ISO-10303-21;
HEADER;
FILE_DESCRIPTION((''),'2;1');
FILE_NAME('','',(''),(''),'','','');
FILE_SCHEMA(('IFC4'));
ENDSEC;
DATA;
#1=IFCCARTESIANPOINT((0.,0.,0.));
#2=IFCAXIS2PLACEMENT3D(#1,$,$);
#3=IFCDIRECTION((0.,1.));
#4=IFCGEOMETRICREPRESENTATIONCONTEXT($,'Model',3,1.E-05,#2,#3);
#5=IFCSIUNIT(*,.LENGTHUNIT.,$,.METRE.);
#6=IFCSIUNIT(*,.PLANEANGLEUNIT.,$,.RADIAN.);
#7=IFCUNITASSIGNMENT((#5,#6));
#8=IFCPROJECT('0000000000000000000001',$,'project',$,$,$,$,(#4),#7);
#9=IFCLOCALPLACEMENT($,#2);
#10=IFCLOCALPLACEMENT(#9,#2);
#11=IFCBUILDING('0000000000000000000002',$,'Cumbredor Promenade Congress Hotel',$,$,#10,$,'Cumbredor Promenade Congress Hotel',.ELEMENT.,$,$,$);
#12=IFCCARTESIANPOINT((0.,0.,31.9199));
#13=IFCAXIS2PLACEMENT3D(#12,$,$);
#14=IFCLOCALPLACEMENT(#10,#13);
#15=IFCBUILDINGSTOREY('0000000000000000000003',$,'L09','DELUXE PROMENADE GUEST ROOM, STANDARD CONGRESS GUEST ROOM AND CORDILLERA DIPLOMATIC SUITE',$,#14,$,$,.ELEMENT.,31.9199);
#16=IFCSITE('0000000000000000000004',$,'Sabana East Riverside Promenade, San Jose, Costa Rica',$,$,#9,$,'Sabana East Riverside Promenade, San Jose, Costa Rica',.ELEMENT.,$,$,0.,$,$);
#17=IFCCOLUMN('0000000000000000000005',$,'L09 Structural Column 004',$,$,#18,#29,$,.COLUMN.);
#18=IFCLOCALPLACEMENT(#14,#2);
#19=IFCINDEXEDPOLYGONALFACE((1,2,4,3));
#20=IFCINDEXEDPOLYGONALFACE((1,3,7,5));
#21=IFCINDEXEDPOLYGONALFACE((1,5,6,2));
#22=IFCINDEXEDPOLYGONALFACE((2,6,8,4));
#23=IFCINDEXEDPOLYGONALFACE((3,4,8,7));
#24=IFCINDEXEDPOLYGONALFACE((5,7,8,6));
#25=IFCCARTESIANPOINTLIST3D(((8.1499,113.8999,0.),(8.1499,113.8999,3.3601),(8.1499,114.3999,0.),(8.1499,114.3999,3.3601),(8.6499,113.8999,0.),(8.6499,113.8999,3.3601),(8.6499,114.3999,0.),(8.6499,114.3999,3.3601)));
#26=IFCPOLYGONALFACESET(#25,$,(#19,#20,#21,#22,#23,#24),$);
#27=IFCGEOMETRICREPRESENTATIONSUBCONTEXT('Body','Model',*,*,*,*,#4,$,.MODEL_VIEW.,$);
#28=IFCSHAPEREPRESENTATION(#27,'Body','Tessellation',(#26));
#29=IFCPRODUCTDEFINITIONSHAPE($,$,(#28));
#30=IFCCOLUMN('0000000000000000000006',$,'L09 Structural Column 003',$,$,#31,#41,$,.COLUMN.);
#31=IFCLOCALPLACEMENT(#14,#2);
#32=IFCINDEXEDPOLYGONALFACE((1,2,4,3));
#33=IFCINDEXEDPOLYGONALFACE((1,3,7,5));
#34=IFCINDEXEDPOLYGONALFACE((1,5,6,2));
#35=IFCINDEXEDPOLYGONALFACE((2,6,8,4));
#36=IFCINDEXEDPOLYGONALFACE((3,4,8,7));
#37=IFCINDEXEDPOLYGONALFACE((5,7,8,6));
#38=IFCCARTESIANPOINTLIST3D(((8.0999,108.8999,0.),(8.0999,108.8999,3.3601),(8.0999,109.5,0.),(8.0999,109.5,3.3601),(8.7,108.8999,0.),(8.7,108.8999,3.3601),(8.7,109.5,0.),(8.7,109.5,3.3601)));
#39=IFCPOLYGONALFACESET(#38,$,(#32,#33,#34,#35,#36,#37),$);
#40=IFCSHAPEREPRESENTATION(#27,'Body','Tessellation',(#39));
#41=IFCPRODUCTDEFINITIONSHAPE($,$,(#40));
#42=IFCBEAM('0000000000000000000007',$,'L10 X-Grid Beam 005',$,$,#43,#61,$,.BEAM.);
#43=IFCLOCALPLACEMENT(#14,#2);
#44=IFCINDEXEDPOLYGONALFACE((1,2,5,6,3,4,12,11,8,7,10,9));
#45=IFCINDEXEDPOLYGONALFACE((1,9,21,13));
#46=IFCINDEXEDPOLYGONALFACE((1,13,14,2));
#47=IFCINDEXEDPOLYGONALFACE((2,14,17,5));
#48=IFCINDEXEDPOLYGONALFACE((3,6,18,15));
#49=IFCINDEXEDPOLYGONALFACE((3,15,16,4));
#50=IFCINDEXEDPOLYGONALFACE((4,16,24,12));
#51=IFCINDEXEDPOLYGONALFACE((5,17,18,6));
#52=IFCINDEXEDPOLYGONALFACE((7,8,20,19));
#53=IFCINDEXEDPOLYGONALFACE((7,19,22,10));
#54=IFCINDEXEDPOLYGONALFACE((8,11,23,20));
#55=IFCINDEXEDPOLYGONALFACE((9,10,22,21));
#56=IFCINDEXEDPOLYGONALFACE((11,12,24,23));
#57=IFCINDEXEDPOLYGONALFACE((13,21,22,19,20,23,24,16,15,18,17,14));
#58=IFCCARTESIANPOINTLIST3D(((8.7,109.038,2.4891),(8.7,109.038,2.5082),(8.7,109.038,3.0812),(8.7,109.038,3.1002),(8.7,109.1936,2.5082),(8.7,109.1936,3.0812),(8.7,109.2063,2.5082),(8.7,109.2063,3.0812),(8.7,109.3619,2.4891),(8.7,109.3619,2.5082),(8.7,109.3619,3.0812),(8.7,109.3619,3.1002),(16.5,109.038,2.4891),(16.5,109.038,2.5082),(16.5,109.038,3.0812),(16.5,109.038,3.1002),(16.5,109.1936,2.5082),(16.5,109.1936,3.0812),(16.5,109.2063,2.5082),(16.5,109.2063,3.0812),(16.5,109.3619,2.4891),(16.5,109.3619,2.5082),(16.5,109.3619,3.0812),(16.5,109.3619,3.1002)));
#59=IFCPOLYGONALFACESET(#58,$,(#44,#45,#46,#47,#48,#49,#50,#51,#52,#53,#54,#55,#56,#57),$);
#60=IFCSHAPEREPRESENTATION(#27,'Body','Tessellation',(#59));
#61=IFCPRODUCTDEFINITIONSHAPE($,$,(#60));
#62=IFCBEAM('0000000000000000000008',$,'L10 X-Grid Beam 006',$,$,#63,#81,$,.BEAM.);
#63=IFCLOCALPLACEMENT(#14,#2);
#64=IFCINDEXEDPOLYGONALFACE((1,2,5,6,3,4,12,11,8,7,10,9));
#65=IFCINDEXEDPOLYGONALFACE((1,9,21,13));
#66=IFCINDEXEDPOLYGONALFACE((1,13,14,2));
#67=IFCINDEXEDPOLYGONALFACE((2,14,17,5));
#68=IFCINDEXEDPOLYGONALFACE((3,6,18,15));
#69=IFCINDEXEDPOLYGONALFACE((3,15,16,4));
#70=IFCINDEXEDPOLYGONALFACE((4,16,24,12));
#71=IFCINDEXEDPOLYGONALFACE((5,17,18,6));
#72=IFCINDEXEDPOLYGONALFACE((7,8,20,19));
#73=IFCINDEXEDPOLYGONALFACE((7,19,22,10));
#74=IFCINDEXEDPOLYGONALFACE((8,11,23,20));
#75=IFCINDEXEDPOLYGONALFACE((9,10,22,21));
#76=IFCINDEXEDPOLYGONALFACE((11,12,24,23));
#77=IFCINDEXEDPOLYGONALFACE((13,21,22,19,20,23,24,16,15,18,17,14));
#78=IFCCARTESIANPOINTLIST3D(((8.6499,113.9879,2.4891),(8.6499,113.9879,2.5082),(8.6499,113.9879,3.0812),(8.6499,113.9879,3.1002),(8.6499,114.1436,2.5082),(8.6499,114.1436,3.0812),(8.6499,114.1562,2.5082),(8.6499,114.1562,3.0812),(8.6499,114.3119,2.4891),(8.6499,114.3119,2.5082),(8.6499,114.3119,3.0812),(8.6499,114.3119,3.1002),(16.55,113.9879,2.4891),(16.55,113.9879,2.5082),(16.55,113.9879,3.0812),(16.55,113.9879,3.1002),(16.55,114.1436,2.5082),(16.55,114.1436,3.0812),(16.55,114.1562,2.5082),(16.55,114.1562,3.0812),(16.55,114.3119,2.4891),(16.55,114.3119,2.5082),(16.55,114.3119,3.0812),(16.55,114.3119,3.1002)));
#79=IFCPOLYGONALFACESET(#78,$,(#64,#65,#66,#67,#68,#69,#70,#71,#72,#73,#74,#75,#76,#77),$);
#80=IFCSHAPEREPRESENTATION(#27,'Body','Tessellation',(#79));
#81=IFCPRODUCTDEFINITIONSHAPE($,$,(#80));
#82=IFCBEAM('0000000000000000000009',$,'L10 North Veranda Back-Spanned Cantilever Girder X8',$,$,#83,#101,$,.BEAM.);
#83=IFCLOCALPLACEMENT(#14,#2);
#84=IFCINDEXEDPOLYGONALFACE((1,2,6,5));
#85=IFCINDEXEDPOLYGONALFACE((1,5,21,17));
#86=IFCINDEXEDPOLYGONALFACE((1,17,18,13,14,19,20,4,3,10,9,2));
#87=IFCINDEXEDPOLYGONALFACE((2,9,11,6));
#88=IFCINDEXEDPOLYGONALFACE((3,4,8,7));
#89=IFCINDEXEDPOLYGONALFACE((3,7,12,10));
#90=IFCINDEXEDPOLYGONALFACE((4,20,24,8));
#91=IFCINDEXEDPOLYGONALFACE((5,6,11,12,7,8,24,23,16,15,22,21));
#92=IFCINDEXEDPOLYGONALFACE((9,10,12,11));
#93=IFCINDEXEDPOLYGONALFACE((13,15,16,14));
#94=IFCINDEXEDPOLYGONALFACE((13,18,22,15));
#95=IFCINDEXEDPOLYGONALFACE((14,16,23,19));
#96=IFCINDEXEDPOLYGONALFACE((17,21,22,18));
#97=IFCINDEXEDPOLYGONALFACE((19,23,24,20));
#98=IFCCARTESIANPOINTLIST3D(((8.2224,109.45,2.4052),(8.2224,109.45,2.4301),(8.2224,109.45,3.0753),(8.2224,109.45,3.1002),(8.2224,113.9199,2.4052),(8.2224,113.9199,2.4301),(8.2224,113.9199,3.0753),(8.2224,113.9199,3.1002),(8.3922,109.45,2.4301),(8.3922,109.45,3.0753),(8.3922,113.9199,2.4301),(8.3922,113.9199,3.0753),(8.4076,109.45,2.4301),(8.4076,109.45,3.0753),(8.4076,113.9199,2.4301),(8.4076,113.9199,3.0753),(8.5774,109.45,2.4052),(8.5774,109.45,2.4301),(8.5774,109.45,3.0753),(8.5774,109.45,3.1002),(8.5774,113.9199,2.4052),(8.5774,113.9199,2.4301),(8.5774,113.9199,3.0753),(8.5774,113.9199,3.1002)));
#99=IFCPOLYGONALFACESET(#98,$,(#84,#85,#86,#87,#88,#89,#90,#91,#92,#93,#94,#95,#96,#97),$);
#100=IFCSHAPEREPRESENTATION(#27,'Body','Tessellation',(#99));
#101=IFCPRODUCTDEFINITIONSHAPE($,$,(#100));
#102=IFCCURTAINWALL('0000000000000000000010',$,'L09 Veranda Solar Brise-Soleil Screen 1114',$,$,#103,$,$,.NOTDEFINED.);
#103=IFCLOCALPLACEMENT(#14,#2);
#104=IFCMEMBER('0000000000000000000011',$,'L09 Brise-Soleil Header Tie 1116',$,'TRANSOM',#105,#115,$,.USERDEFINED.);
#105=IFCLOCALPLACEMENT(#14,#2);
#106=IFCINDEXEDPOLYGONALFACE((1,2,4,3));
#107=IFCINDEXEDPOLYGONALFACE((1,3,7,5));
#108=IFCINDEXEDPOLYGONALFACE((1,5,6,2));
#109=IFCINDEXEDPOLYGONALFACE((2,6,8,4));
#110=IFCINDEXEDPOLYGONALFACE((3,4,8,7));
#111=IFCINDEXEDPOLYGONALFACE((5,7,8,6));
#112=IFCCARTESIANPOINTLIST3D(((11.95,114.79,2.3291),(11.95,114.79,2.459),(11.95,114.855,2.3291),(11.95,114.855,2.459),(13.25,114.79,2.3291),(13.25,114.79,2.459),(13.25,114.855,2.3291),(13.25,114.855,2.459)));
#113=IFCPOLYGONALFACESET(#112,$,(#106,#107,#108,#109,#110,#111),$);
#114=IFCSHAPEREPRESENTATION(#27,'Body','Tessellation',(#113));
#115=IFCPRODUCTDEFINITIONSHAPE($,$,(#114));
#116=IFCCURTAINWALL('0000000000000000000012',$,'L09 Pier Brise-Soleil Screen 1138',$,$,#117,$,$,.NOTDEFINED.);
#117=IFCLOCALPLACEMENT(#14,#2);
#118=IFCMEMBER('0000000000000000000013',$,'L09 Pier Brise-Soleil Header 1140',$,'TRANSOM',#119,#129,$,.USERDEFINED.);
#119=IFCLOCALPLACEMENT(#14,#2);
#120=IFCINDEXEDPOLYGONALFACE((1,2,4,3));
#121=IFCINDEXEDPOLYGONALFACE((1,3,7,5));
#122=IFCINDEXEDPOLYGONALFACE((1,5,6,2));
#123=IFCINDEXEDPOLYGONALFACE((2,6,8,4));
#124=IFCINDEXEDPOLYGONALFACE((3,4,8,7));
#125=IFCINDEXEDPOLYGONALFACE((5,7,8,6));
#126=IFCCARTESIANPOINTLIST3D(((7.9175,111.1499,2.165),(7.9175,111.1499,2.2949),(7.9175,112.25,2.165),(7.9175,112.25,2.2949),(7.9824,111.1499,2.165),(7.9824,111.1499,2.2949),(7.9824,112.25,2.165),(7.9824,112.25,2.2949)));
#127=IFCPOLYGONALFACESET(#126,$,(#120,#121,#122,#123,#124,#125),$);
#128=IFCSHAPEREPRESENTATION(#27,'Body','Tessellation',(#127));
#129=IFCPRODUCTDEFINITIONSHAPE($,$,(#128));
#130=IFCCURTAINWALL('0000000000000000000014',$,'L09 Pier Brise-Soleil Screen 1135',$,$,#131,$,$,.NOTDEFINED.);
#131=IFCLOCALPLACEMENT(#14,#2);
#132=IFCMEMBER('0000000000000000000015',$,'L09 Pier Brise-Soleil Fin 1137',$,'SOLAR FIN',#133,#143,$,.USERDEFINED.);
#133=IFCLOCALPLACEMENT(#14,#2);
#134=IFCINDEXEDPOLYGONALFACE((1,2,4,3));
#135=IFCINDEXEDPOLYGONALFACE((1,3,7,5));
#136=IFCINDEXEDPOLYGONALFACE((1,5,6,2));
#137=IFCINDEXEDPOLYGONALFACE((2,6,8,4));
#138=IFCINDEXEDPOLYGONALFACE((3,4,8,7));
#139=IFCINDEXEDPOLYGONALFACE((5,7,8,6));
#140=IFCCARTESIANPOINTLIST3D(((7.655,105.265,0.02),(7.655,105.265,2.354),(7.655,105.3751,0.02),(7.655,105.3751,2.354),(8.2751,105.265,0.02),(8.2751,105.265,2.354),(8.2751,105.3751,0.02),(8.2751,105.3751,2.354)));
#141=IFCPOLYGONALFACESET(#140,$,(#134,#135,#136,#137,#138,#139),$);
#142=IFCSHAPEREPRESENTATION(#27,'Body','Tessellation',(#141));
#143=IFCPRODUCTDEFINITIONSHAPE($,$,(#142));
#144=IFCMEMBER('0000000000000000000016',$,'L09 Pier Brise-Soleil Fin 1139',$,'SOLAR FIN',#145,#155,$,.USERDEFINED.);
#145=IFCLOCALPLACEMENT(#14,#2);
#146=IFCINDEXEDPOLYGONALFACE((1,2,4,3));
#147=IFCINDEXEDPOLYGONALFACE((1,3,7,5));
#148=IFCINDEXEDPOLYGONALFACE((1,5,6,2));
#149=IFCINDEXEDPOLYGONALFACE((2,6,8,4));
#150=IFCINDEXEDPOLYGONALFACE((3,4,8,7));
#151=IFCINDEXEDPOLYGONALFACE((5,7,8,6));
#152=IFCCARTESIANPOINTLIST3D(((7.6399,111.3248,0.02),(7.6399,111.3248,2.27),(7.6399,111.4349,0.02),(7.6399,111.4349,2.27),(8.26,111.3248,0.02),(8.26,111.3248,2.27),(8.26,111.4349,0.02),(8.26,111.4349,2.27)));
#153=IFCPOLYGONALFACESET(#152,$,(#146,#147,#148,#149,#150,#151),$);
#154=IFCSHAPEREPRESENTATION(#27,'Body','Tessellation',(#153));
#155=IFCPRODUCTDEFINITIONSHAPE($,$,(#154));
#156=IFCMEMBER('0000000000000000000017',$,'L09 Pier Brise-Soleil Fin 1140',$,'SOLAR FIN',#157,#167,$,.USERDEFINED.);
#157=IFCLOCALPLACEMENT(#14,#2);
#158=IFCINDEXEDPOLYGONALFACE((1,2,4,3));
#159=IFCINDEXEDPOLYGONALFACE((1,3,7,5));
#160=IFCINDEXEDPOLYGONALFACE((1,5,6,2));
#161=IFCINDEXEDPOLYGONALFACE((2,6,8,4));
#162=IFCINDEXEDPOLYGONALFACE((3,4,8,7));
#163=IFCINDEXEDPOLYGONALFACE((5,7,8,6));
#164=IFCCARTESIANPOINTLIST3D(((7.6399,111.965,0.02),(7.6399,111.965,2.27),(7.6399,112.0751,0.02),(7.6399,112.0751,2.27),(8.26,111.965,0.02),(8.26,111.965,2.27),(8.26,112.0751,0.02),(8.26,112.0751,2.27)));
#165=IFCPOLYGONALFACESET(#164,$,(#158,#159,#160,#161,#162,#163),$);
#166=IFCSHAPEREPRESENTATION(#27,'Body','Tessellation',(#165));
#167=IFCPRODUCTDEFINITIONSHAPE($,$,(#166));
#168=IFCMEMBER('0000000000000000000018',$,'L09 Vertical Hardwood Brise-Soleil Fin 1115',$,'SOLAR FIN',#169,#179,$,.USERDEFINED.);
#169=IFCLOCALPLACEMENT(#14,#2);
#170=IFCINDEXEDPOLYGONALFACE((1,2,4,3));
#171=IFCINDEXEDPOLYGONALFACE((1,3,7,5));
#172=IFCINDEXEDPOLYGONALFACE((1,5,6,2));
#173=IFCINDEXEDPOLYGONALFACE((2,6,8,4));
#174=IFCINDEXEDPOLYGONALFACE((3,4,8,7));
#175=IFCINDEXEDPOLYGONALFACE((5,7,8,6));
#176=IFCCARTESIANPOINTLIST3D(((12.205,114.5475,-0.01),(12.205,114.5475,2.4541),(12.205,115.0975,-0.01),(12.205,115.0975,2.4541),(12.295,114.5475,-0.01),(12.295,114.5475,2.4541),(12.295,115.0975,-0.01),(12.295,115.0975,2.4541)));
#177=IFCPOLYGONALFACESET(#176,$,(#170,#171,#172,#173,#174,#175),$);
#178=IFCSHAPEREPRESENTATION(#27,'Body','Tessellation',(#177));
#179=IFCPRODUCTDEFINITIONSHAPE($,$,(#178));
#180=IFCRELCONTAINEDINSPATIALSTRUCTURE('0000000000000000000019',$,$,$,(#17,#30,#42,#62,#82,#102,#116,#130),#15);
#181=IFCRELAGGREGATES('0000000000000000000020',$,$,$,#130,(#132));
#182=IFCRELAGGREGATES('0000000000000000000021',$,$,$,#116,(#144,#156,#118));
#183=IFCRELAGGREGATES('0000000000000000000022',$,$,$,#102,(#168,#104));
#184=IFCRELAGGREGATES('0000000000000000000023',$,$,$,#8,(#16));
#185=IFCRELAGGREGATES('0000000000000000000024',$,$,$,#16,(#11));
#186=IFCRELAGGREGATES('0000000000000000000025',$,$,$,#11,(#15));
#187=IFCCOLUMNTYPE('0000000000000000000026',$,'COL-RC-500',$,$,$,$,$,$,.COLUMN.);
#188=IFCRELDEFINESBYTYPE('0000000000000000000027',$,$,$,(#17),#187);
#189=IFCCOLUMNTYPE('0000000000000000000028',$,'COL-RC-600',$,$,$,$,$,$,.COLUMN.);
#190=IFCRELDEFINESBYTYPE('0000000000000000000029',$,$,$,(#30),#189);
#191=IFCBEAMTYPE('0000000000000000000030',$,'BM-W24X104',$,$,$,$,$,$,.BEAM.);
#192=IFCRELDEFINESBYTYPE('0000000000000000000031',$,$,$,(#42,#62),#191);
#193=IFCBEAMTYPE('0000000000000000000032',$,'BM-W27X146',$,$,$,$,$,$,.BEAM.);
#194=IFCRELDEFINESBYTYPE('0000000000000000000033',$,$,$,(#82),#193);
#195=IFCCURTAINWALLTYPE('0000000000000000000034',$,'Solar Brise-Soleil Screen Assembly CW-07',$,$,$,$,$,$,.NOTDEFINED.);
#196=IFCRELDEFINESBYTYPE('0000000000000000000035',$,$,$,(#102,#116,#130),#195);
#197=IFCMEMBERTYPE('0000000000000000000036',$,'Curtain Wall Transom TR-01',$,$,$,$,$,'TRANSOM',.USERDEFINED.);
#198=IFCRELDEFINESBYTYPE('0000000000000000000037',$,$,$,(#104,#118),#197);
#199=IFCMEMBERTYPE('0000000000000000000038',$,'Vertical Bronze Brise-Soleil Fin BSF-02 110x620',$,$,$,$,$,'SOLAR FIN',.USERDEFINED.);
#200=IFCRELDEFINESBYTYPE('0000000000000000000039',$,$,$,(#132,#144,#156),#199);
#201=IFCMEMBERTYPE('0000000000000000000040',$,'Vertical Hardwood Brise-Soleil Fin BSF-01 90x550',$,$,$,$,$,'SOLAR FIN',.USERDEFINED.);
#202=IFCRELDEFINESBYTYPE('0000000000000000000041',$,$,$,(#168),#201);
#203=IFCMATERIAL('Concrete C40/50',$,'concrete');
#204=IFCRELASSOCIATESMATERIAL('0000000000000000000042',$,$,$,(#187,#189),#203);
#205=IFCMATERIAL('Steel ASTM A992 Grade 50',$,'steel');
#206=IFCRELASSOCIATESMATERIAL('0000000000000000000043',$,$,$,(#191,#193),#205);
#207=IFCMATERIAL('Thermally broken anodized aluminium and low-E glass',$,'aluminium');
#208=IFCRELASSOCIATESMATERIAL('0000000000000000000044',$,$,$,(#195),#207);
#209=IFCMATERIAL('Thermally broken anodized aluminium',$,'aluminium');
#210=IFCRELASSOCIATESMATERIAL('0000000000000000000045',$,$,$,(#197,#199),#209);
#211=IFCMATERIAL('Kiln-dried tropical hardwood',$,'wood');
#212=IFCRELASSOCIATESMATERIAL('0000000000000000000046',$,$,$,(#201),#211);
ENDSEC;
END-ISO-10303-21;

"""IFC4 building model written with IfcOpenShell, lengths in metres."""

from ifc_helpers import new_model, si_unit, direction, frame, origin, origin_2d, place, context, subcontext, project, spatial, rectangle, i_section, extrude, material, material_profile, profile_set, type_object, element, aggregate, save


model = new_model("IFC4")

# Units and contexts
model_context = context("Model", 3, precision=1e-05, world=origin(), true_north=direction((0.0, 1.0)))
body_context = subcontext(model_context, "Body", "Model", "MODEL_VIEW")
ifc_project = project(units=[si_unit("LENGTHUNIT", "METRE"), si_unit("PLANEANGLEUNIT", "RADIAN")], contexts=[model_context])

# Site, building, storey
site_placement = place(None, origin())
site = spatial("IfcSite", under=ifc_project, at=site_placement, Name="Sabana East Riverside Promenade, San Jose, Costa Rica", LongName="Sabana East Riverside Promenade, San Jose, Costa Rica", CompositionType="ELEMENT", RefElevation=0.0)
building_placement = place(site_placement, origin())
building = spatial("IfcBuilding", under=site, at=building_placement, Name="Cumbredor Promenade Congress Hotel", LongName="Cumbredor Promenade Congress Hotel", CompositionType="ELEMENT")
storey_placement = place(building_placement, frame((0.0, 0.0, 31.9199)))
storey = spatial("IfcBuildingStorey", under=building, at=storey_placement, Name="L09", Description="DELUXE PROMENADE GUEST ROOM, STANDARD CONGRESS GUEST ROOM AND CORDILLERA DIPLOMATIC SUITE", CompositionType="ELEMENT", Elevation=31.9199)

# Columns
ifc_material_1 = material(Name="Concrete C40/50", Category="concrete")
ifc_material_profile_1 = material_profile(ifc_material_1, rectangle(XDim=0.5, YDim=0.5, at=origin_2d()), Name="RC 500x500")
ifc_profile_set_1 = profile_set([ifc_material_profile_1], Name="Concrete C40/50")
column_type_1 = type_object("IfcColumnType", Name="COL-RC-500", PredefinedType="COLUMN", material=ifc_profile_set_1)
column_1_placement = place(storey_placement, frame((8.3999, 114.1499, 0.0), z_axis=(0.0, 0.0, 1.0), x_axis=(1.0, 0.0, 0.0)))
element("IfcColumn", 1, at=column_1_placement, inside=storey, type_object=column_type_1, Name="L09 Structural Column 004", PredefinedType="COLUMN", context=body_context, shape_type="SweptSolid", body=[
    extrude(rectangle(XDim=0.5, YDim=0.5, at=origin_2d()), origin(), (0.0, 0.0, 1.0), 3.3601),
])
ifc_material_profile_2 = material_profile(ifc_material_1, rectangle(XDim=0.6001, YDim=0.6001, at=origin_2d()), Name="RC 600x600")
ifc_profile_set_2 = profile_set([ifc_material_profile_2], Name="Concrete C40/50")
column_type_2 = type_object("IfcColumnType", Name="COL-RC-600", PredefinedType="COLUMN", material=ifc_profile_set_2)
column_2_placement = place(storey_placement, frame((8.3999, 109.2, 0.0), z_axis=(0.0, 0.0, 1.0), x_axis=(1.0, 0.0, 0.0)))
element("IfcColumn", 2, at=column_2_placement, inside=storey, type_object=column_type_2, Name="L09 Structural Column 003", PredefinedType="COLUMN", context=body_context, shape_type="SweptSolid", body=[
    extrude(rectangle(XDim=0.6001, YDim=0.6001, at=origin_2d()), origin(), (0.0, 0.0, 1.0), 3.3601),
])

# Beams
ifc_material_2 = material(Name="Steel ASTM A992 Grade 50", Category="steel")
ifc_material_profile_3 = material_profile(ifc_material_2, i_section(OverallWidth=0.324, OverallDepth=0.6111, WebThickness=0.0127, FlangeThickness=0.019, at=origin_2d()), Name="W24X104")
ifc_profile_set_3 = profile_set([ifc_material_profile_3], Name="Steel ASTM A992 Grade 50")
beam_type_1 = type_object("IfcBeamType", Name="BM-W24X104", PredefinedType="BEAM", material=ifc_profile_set_3)
beam_1_placement = place(storey_placement, frame((8.7, 109.2, 2.7947), z_axis=(1.0, 0.0, 0.0), x_axis=(0.0, 1.0, 0.0)))
element("IfcBeam", 3, at=beam_1_placement, inside=storey, type_object=beam_type_1, Name="L10 X-Grid Beam 005", PredefinedType="BEAM", context=body_context, shape_type="SweptSolid", body=[
    extrude(i_section(OverallWidth=0.324, OverallDepth=0.6111, WebThickness=0.0127, FlangeThickness=0.019, at=origin_2d()), origin(), (0.0, 0.0, 1.0), 7.8),
])
beam_2_placement = place(storey_placement, frame((8.6499, 114.1499, 2.7947), z_axis=(1.0, 0.0, 0.0), x_axis=(0.0, 1.0, 0.0)))
element("IfcBeam", 4, at=beam_2_placement, inside=storey, type_object=beam_type_1, Name="L10 X-Grid Beam 006", PredefinedType="BEAM", context=body_context, shape_type="SweptSolid", body=[
    extrude(i_section(OverallWidth=0.324, OverallDepth=0.6111, WebThickness=0.0127, FlangeThickness=0.019, at=origin_2d()), origin(), (0.0, 0.0, 1.0), 7.9001),
])
ifc_material_profile_4 = material_profile(ifc_material_2, i_section(OverallWidth=0.355, OverallDepth=0.6951, WebThickness=0.0154, FlangeThickness=0.0249, at=origin_2d()), Name="W27X146")
ifc_profile_set_4 = profile_set([ifc_material_profile_4], Name="Steel ASTM A992 Grade 50")
beam_type_2 = type_object("IfcBeamType", Name="BM-W27X146", PredefinedType="BEAM", material=ifc_profile_set_4)
beam_3_placement = place(storey_placement, frame((8.3999, 109.45, 2.7527), z_axis=(0.0, 1.0, 0.0), x_axis=(-1.0, 0.0, 0.0)))
element("IfcBeam", 5, at=beam_3_placement, inside=storey, type_object=beam_type_2, Name="L10 North Veranda Back-Spanned Cantilever Girder X8", PredefinedType="BEAM", context=body_context, shape_type="SweptSolid", body=[
    extrude(i_section(OverallWidth=0.355, OverallDepth=0.6951, WebThickness=0.0154, FlangeThickness=0.0249, at=origin_2d()), origin(), (0.0, 0.0, 1.0), 4.47),
])

# Curtain walls, members
ifc_material_3 = material(Name="Thermally broken anodized aluminium and low-E glass", Category="aluminium")
curtain_wall_type = type_object("IfcCurtainWallType", Name="Solar Brise-Soleil Screen Assembly CW-07", PredefinedType="NOTDEFINED", material=ifc_material_3)
curtain_wall_1_placement = place(storey_placement, origin())
curtain_wall_1 = element("IfcCurtainWall", 6, at=curtain_wall_1_placement, inside=storey, type_object=curtain_wall_type, Name="L09 Veranda Solar Brise-Soleil Screen 1114", PredefinedType="NOTDEFINED")
ifc_material_4 = material(Name="Thermally broken anodized aluminium", Category="aluminium")
ifc_material_profile_5 = material_profile(ifc_material_4, rectangle(XDim=0.0649, YDim=0.1299, at=origin_2d()), Name="ALU TRANSOM 65x130")
ifc_profile_set_5 = profile_set([ifc_material_profile_5], Name="Thermally broken anodized aluminium")
member_type_1 = type_object("IfcMemberType", Name="Curtain Wall Transom TR-01", ElementType="TRANSOM", PredefinedType="USERDEFINED", material=ifc_profile_set_5)
member_1_placement = place(storey_placement, frame((11.95, 114.8225, 2.394), z_axis=(1.0, 0.0, 0.0), x_axis=(0.0, 1.0, 0.0)))
member_1 = element("IfcMember", 7, at=member_1_placement, type_object=member_type_1, Name="L09 Brise-Soleil Header Tie 1116", ObjectType="TRANSOM", PredefinedType="USERDEFINED", context=body_context, shape_type="SweptSolid", body=[
    extrude(rectangle(XDim=0.0649, YDim=0.1299, at=origin_2d()), origin(), (0.0, 0.0, 1.0), 1.3),
])
curtain_wall_2_placement = place(storey_placement, origin())
curtain_wall_2 = element("IfcCurtainWall", 8, at=curtain_wall_2_placement, inside=storey, type_object=curtain_wall_type, Name="L09 Pier Brise-Soleil Screen 1138", PredefinedType="NOTDEFINED")
member_2_placement = place(storey_placement, frame((7.95, 111.1499, 2.23), z_axis=(0.0, 1.0, 0.0), x_axis=(-1.0, 0.0, 0.0)))
member_2 = element("IfcMember", 9, at=member_2_placement, type_object=member_type_1, Name="L09 Pier Brise-Soleil Header 1140", ObjectType="TRANSOM", PredefinedType="USERDEFINED", context=body_context, shape_type="SweptSolid", body=[
    extrude(rectangle(XDim=0.0649, YDim=0.1299, at=origin_2d()), origin(), (0.0, 0.0, 1.0), 1.1001),
])
curtain_wall_3_placement = place(storey_placement, origin())
curtain_wall_3 = element("IfcCurtainWall", 10, at=curtain_wall_3_placement, inside=storey, type_object=curtain_wall_type, Name="L09 Pier Brise-Soleil Screen 1135", PredefinedType="NOTDEFINED")
ifc_material_profile_6 = material_profile(ifc_material_4, rectangle(XDim=0.1101, YDim=0.6201, at=origin_2d()), Name="ARCH FIN 110x620")
ifc_profile_set_6 = profile_set([ifc_material_profile_6], Name="Thermally broken anodized aluminium")
member_type_2 = type_object("IfcMemberType", Name="Vertical Bronze Brise-Soleil Fin BSF-02 110x620", ElementType="SOLAR FIN", PredefinedType="USERDEFINED", material=ifc_profile_set_6)
member_3_placement = place(storey_placement, frame((7.9651, 105.3201, 0.02), z_axis=(0.0, 0.0, 1.0), x_axis=(0.0, 1.0, 0.0)))
member_3 = element("IfcMember", 11, at=member_3_placement, type_object=member_type_2, Name="L09 Pier Brise-Soleil Fin 1137", ObjectType="SOLAR FIN", PredefinedType="USERDEFINED", context=body_context, shape_type="SweptSolid", body=[
    extrude(rectangle(XDim=0.1101, YDim=0.6201, at=origin_2d()), origin(), (0.0, 0.0, 1.0), 2.334),
])
aggregate(curtain_wall_3, [member_3])

# Members
member_4_placement = place(storey_placement, frame((7.95, 111.3799, 0.02), z_axis=(0.0, 0.0, 1.0), x_axis=(0.0, 1.0, 0.0)))
member_4 = element("IfcMember", 12, at=member_4_placement, type_object=member_type_2, Name="L09 Pier Brise-Soleil Fin 1139", ObjectType="SOLAR FIN", PredefinedType="USERDEFINED", context=body_context, shape_type="SweptSolid", body=[
    extrude(rectangle(XDim=0.1101, YDim=0.6201, at=origin_2d()), origin(), (0.0, 0.0, 1.0), 2.25),
])
member_5_placement = place(storey_placement, frame((7.95, 112.02, 0.02), z_axis=(0.0, 0.0, 1.0), x_axis=(0.0, 1.0, 0.0)))
member_5 = element("IfcMember", 13, at=member_5_placement, type_object=member_type_2, Name="L09 Pier Brise-Soleil Fin 1140", ObjectType="SOLAR FIN", PredefinedType="USERDEFINED", context=body_context, shape_type="SweptSolid", body=[
    extrude(rectangle(XDim=0.1101, YDim=0.6201, at=origin_2d()), origin(), (0.0, 0.0, 1.0), 2.25),
])
aggregate(curtain_wall_2, [member_4, member_5, member_2])
ifc_material_5 = material(Name="Kiln-dried tropical hardwood", Category="wood")
ifc_material_profile_7 = material_profile(ifc_material_5, rectangle(XDim=0.0901, YDim=0.55, at=origin_2d()), Name="ARCH FIN 90x550")
ifc_profile_set_7 = profile_set([ifc_material_profile_7], Name="Kiln-dried tropical hardwood")
member_type_3 = type_object("IfcMemberType", Name="Vertical Hardwood Brise-Soleil Fin BSF-01 90x550", ElementType="SOLAR FIN", PredefinedType="USERDEFINED", material=ifc_profile_set_7)
member_6_placement = place(storey_placement, frame((12.25, 114.8225, -0.01), z_axis=(0.0, 0.0, 1.0), x_axis=(1.0, 0.0, 0.0)))
member_6 = element("IfcMember", 14, at=member_6_placement, type_object=member_type_3, Name="L09 Vertical Hardwood Brise-Soleil Fin 1115", ObjectType="SOLAR FIN", PredefinedType="USERDEFINED", context=body_context, shape_type="SweptSolid", body=[
    extrude(rectangle(XDim=0.0901, YDim=0.55, at=origin_2d()), origin(), (0.0, 0.0, 1.0), 2.4641),
])
aggregate(curtain_wall_1, [member_6, member_1])

save(model, "model.ifc")
